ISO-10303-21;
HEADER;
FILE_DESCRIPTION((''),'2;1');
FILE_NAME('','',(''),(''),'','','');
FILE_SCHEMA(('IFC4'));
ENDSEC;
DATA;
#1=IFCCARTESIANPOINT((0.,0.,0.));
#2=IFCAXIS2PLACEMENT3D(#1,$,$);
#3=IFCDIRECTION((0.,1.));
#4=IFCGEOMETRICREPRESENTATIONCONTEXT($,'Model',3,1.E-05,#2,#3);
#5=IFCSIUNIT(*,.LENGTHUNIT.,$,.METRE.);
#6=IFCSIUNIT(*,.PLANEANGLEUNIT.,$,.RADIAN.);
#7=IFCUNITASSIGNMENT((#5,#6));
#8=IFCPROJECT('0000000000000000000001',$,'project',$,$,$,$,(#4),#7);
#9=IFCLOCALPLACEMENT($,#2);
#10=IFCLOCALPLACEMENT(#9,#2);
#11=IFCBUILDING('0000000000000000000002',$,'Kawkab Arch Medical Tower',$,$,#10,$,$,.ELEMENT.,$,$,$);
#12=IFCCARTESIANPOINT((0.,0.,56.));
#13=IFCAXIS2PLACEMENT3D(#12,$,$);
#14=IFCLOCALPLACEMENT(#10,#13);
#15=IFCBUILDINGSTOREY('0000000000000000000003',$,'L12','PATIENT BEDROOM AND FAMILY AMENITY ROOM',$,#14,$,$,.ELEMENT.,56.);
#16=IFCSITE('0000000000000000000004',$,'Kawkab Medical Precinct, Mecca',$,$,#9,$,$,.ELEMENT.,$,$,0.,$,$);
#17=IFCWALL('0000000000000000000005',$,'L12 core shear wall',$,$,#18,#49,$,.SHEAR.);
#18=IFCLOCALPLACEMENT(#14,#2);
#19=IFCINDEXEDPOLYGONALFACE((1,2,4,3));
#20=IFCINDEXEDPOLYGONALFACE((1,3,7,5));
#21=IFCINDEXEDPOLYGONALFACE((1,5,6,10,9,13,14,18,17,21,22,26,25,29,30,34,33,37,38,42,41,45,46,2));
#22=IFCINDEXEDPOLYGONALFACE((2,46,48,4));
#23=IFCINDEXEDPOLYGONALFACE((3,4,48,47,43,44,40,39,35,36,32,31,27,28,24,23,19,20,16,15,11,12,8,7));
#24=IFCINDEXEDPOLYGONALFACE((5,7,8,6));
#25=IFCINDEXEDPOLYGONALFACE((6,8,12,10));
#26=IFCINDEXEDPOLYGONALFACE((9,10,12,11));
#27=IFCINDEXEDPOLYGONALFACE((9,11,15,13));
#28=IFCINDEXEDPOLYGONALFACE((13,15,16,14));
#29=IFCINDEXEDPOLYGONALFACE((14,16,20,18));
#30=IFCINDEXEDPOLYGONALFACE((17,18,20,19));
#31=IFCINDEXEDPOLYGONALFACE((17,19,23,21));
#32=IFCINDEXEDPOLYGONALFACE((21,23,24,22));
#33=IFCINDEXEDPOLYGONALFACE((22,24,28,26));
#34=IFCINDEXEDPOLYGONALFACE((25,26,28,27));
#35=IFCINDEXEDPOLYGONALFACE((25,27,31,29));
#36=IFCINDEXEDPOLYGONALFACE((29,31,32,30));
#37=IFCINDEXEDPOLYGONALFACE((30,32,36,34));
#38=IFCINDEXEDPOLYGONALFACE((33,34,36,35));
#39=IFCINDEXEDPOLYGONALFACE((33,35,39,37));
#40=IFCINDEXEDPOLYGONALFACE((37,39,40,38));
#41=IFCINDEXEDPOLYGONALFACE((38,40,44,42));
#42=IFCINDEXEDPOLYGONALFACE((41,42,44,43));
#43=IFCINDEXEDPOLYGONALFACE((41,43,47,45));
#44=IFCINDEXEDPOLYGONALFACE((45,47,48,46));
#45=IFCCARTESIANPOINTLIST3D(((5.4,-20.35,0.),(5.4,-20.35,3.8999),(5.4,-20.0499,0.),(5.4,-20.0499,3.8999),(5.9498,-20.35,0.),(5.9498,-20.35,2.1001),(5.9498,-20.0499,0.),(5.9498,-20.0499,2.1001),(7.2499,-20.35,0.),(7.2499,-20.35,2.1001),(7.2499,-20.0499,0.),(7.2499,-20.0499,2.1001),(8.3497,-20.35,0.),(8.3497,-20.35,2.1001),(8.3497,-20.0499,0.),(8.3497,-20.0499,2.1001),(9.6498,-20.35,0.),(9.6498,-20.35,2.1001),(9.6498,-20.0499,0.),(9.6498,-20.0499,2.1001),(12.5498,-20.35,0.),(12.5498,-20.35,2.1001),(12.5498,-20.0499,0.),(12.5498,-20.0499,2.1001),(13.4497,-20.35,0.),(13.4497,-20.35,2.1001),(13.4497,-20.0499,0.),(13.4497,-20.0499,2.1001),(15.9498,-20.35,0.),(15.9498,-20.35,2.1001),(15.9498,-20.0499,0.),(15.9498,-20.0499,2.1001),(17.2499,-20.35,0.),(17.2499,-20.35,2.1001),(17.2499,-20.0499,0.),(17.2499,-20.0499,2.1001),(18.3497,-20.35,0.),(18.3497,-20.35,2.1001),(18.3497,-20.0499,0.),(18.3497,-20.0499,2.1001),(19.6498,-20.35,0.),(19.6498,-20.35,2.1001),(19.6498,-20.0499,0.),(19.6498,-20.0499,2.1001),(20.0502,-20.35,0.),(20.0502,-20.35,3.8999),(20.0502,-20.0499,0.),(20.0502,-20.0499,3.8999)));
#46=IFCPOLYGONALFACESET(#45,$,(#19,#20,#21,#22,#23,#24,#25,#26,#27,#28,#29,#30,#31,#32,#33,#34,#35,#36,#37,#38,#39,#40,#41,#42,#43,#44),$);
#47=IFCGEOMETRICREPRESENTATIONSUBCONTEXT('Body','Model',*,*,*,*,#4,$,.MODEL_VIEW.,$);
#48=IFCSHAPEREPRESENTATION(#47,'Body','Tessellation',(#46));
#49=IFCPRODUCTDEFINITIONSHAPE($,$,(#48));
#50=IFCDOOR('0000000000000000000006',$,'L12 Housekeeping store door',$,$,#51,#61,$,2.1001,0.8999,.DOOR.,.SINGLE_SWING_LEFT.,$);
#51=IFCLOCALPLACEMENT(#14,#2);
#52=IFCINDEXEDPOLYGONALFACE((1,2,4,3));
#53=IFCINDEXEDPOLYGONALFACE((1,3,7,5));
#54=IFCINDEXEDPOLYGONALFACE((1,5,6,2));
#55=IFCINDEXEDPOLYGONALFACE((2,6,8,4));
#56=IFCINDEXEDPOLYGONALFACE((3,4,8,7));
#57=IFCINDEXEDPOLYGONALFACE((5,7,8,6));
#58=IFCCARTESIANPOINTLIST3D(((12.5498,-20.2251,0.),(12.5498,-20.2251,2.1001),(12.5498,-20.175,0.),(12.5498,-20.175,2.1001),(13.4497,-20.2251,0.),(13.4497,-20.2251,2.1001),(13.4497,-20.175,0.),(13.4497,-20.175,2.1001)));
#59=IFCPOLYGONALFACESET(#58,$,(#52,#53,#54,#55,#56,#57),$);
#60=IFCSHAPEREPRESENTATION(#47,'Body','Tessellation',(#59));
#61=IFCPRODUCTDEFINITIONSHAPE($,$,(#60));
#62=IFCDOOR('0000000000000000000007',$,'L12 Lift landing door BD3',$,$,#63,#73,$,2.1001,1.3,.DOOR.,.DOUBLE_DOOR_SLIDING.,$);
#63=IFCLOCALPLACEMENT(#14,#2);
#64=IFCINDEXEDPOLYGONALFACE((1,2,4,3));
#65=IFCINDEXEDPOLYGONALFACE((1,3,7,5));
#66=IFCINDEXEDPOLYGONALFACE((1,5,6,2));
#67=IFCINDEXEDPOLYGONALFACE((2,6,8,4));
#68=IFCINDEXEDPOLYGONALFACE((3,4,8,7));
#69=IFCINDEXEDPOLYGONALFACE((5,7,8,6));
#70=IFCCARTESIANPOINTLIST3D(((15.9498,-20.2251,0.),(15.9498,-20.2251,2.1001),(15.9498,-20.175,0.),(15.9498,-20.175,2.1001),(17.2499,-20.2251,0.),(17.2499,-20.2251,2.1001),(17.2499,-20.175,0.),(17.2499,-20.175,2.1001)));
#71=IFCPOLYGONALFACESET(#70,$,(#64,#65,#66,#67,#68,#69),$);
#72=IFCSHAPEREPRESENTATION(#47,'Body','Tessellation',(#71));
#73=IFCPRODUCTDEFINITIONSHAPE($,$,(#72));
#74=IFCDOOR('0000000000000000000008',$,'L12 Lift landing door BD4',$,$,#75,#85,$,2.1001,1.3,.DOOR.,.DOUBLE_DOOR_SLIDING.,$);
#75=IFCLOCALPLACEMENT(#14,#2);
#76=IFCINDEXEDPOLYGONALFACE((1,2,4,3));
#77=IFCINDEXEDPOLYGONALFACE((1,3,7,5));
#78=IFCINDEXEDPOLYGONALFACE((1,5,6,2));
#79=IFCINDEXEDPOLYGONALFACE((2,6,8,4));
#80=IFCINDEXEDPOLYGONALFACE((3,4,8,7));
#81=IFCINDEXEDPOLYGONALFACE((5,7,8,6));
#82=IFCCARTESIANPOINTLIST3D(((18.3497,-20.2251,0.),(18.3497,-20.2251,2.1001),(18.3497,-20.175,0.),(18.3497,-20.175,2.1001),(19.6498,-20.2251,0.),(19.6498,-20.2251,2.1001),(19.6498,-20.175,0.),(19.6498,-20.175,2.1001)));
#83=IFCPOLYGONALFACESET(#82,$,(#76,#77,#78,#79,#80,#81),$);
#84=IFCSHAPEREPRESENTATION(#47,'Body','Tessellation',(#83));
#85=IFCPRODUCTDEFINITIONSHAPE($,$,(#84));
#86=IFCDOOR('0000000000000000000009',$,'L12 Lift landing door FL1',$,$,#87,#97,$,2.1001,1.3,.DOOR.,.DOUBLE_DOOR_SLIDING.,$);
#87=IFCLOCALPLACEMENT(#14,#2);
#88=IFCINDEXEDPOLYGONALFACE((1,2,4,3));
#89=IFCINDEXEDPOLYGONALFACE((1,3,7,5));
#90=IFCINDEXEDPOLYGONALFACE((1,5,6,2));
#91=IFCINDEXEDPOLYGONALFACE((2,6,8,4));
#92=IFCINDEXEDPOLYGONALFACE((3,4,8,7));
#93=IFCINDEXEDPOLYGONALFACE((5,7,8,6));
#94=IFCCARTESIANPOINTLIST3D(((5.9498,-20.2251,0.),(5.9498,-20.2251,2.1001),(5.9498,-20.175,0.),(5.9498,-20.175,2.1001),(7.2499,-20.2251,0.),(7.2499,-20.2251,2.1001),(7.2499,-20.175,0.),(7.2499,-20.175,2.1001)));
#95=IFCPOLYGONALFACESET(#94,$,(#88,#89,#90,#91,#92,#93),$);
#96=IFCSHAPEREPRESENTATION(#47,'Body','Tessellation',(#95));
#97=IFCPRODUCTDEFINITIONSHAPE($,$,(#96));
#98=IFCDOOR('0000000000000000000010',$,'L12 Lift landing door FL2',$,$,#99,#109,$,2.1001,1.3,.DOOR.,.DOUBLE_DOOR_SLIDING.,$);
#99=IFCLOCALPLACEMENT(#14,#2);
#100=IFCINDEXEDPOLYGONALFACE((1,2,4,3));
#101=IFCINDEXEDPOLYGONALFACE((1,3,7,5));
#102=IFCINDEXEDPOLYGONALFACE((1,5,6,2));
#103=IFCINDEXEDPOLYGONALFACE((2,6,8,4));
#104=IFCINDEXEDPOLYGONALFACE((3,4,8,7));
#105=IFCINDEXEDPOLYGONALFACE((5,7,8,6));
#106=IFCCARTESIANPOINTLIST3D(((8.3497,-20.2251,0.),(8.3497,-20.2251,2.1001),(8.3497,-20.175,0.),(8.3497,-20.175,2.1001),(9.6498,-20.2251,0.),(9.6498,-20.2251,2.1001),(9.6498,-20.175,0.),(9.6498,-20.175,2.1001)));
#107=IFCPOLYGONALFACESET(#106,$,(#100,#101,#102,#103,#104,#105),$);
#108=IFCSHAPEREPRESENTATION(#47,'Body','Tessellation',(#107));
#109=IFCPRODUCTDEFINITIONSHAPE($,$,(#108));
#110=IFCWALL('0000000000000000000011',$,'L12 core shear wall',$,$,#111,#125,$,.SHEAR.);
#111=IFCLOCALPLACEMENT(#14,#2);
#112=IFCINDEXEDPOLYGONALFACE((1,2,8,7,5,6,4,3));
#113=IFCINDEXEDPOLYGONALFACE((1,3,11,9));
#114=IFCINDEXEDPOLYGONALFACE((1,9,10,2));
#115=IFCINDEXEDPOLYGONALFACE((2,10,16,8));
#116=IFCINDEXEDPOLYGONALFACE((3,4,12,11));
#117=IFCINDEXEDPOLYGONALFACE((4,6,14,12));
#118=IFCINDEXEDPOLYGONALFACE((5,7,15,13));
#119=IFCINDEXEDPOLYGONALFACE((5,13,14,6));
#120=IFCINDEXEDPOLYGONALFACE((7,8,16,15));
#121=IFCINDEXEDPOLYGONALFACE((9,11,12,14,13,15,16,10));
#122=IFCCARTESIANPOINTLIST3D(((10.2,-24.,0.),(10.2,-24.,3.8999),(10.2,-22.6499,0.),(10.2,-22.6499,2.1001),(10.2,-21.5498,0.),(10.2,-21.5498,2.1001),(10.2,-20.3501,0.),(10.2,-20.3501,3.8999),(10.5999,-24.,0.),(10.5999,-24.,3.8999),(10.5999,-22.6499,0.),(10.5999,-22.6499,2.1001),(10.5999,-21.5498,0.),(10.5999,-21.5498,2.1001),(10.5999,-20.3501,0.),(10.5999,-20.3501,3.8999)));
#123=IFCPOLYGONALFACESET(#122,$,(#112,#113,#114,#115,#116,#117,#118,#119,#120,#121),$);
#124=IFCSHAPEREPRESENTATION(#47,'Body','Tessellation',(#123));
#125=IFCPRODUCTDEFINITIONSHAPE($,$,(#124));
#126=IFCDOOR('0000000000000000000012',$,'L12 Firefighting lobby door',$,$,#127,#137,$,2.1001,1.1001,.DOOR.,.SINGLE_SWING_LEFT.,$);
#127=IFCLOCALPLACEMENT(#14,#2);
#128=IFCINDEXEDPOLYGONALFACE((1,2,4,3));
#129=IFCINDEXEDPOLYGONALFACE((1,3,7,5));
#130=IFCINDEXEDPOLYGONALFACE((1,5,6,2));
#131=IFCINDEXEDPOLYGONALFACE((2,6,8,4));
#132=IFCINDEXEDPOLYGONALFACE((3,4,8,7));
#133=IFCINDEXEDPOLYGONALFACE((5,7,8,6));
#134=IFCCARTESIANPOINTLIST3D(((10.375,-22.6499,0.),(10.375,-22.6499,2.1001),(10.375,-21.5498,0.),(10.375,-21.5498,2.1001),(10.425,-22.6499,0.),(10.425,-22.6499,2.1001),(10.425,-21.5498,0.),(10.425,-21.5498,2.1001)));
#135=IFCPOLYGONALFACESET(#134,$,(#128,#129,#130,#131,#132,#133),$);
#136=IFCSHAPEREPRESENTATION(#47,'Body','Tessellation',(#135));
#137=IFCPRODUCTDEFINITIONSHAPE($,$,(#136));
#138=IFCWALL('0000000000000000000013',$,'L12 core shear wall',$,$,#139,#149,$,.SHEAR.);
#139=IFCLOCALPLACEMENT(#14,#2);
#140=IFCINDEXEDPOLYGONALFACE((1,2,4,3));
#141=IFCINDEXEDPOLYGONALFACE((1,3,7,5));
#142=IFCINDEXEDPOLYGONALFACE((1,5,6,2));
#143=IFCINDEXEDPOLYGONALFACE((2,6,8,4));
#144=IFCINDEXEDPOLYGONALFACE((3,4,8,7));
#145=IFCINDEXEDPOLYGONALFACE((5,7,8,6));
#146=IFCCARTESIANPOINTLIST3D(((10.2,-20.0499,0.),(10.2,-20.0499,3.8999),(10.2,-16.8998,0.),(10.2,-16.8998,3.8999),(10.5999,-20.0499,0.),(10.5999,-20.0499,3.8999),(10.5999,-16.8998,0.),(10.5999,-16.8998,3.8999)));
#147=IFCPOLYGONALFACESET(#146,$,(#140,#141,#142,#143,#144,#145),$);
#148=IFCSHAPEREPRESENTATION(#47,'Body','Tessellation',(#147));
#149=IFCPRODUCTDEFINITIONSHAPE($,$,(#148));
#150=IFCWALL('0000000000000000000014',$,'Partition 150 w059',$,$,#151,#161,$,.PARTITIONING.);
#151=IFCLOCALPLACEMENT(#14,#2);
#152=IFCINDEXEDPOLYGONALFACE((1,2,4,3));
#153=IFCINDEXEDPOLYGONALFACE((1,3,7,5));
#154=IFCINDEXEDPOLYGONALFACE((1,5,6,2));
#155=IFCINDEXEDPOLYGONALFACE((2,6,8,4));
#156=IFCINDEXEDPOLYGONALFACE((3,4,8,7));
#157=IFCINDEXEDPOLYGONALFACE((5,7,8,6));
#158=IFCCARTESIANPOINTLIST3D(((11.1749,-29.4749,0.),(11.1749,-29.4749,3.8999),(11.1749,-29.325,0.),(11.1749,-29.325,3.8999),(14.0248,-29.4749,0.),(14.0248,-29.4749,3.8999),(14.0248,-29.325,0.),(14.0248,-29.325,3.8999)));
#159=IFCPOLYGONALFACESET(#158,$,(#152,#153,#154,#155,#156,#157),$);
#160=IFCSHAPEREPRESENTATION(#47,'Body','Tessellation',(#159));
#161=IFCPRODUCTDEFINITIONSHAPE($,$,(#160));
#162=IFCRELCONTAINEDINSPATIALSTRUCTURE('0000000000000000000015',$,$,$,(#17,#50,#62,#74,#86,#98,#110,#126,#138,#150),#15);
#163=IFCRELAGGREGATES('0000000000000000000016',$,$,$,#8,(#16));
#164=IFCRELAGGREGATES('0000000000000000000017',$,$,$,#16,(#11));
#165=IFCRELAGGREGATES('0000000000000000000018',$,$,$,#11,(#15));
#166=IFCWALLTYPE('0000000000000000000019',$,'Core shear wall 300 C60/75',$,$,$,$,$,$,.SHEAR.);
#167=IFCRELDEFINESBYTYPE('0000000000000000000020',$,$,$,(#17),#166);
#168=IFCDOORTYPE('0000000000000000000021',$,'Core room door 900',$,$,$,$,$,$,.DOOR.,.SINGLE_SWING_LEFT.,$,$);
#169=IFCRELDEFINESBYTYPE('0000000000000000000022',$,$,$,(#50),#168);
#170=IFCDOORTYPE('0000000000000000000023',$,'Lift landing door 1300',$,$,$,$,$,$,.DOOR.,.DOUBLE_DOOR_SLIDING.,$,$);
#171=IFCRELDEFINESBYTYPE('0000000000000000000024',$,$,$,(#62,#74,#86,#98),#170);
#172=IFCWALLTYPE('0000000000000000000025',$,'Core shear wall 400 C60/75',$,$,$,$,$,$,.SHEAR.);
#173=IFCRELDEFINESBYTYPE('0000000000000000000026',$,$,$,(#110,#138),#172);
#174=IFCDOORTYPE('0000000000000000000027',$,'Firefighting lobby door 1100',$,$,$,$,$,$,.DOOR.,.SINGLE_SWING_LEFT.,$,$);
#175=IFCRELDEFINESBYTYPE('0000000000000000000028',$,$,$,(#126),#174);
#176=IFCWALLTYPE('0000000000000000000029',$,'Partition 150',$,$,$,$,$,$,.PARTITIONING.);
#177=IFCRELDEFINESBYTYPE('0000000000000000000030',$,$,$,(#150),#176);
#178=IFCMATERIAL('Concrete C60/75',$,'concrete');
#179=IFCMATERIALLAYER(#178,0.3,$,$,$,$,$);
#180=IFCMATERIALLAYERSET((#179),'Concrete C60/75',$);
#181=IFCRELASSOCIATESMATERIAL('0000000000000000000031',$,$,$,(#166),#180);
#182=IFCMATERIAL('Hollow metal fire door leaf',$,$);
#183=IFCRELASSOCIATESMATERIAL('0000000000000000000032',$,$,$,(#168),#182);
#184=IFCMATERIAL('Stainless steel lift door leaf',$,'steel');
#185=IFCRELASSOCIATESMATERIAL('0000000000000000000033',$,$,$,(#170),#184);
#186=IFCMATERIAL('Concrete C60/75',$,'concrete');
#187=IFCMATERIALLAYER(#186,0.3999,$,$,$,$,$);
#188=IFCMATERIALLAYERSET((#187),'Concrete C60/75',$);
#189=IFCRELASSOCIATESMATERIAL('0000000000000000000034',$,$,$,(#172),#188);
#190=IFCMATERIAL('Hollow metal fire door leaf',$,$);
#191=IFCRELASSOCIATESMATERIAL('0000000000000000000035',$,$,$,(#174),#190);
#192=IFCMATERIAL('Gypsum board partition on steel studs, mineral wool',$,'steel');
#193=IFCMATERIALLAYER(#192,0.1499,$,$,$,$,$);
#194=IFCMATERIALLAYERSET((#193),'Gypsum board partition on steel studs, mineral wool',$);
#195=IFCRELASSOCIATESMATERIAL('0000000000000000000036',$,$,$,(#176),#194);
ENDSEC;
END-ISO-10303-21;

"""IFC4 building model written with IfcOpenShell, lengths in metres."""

from ifc_helpers import new_model, si_unit, direction, frame, frame_2d, origin, place, context, subcontext, project, spatial, rectangle, extrude, material, layer, layer_set, type_object, element, fill, save


model = new_model("IFC4")

# Units and contexts
model_context = context("Model", 3, precision=1e-05, world=origin(), true_north=direction((0.0, 1.0)))
body_context = subcontext(model_context, "Body", "Model", "MODEL_VIEW")
ifc_project = project(units=[si_unit("LENGTHUNIT", "METRE"), si_unit("PLANEANGLEUNIT", "RADIAN")], contexts=[model_context])

# Site, building, storey
site_placement = place(None, origin())
site = spatial("IfcSite", under=ifc_project, at=site_placement, Name="Kawkab Medical Precinct, Mecca", CompositionType="ELEMENT", RefElevation=0.0)
building_placement = place(site_placement, origin())
building = spatial("IfcBuilding", under=site, at=building_placement, Name="Kawkab Arch Medical Tower", CompositionType="ELEMENT")
storey_placement = place(building_placement, frame((0.0, 0.0, 56.0)))
storey = spatial("IfcBuildingStorey", under=building, at=storey_placement, Name="L12", Description="PATIENT BEDROOM AND FAMILY AMENITY ROOM", CompositionType="ELEMENT", Elevation=56.0)

# Wall, openings, doors
ifc_material_1 = material(Name="Concrete C60/75", Category="concrete")
ifc_layer_1 = layer(ifc_material_1, 0.3)
ifc_layer_set_1 = layer_set([ifc_layer_1], Name="Concrete C60/75")
wall_type_1 = type_object("IfcWallType", Name="Core shear wall 300 C60/75", PredefinedType="SHEAR", material=ifc_layer_set_1)
wall_1_placement = place(storey_placement, frame((5.3999, -20.2, 0.0), z_axis=(0.0, 0.0, 1.0), x_axis=(1.0, 0.0, 0.0)))
wall_1 = element("IfcWall", 1, at=wall_1_placement, inside=storey, type_object=wall_type_1, Name="L12 core shear wall", PredefinedType="SHEAR", context=body_context, shape_type="SweptSolid", body=[
    extrude(rectangle(XDim=14.6501, YDim=0.3, at=frame_2d((7.3252, 0.0))), origin(), (0.0, 0.0, 1.0), 3.8999),
])
opening_1_placement = place(wall_1_placement, frame((10.55, 0.0, 0.0)))
opening_1 = element("IfcOpeningElement", 2, at=opening_1_placement, cuts=wall_1, PredefinedType="OPENING", context=body_context, shape_type="SweptSolid", body=[
    extrude(rectangle(XDim=1.3, YDim=2.1001, at=frame_2d((0.6499, 1.05))), frame((0.0, 0.1599, 0.0), z_axis=(0.0, -1.0, 0.0), x_axis=(1.0, 0.0, 0.0)), (0.0, 0.0, 1.0), 0.3201),
])
opening_2_placement = place(wall_1_placement, frame((12.95, 0.0, 0.0)))
opening_2 = element("IfcOpeningElement", 3, at=opening_2_placement, cuts=wall_1, PredefinedType="OPENING", context=body_context, shape_type="SweptSolid", body=[
    extrude(rectangle(XDim=1.3, YDim=2.1001, at=frame_2d((0.6499, 1.05))), frame((0.0, 0.1599, 0.0), z_axis=(0.0, -1.0, 0.0), x_axis=(1.0, 0.0, 0.0)), (0.0, 0.0, 1.0), 0.3201),
])
opening_3_placement = place(wall_1_placement, frame((0.55, 0.0, 0.0)))
opening_3 = element("IfcOpeningElement", 4, at=opening_3_placement, cuts=wall_1, PredefinedType="OPENING", context=body_context, shape_type="SweptSolid", body=[
    extrude(rectangle(XDim=1.3, YDim=2.1001, at=frame_2d((0.6499, 1.05))), frame((0.0, 0.1599, 0.0), z_axis=(0.0, -1.0, 0.0), x_axis=(1.0, 0.0, 0.0)), (0.0, 0.0, 1.0), 0.3201),
])
opening_4_placement = place(wall_1_placement, frame((2.95, 0.0, 0.0)))
opening_4 = element("IfcOpeningElement", 5, at=opening_4_placement, cuts=wall_1, PredefinedType="OPENING", context=body_context, shape_type="SweptSolid", body=[
    extrude(rectangle(XDim=1.3, YDim=2.1001, at=frame_2d((0.6499, 1.05))), frame((0.0, 0.1599, 0.0), z_axis=(0.0, -1.0, 0.0), x_axis=(1.0, 0.0, 0.0)), (0.0, 0.0, 1.0), 0.3201),
])
opening_5_placement = place(wall_1_placement, frame((7.1499, 0.0, 0.0)))
opening_5 = element("IfcOpeningElement", 6, at=opening_5_placement, cuts=wall_1, PredefinedType="OPENING", context=body_context, shape_type="SweptSolid", body=[
    extrude(rectangle(XDim=0.8999, YDim=2.1001, at=frame_2d((0.45, 1.05))), frame((0.0, 0.1599, 0.0), z_axis=(0.0, -1.0, 0.0), x_axis=(1.0, 0.0, 0.0)), (0.0, 0.0, 1.0), 0.3201),
])
ifc_material_2 = material(Name="Hollow metal fire door leaf")
door_type_1 = type_object("IfcDoorType", Name="Core room door 900", OperationType="SINGLE_SWING_LEFT", PredefinedType="DOOR", material=ifc_material_2)
door_1_placement = place(opening_5_placement, origin())
door_1 = element("IfcDoor", 7, at=door_1_placement, inside=storey, type_object=door_type_1, Name="L12 Housekeeping store door", OperationType="SINGLE_SWING_LEFT", OverallHeight=2.1001, OverallWidth=0.8999, PredefinedType="DOOR", context=body_context, shape_type="SweptSolid", body=[
    extrude(rectangle(XDim=0.8999, YDim=2.1001, at=frame_2d((0.45, 1.05))), frame((0.0, 0.0249, 0.0), z_axis=(0.0, -1.0, 0.0), x_axis=(1.0, 0.0, 0.0)), (0.0, 0.0, 1.0), 0.05),
])
fill(opening_5, door_1)
ifc_material_3 = material(Name="Stainless steel lift door leaf", Category="steel")
door_type_2 = type_object("IfcDoorType", Name="Lift landing door 1300", OperationType="DOUBLE_DOOR_SLIDING", PredefinedType="DOOR", material=ifc_material_3)
door_2_placement = place(opening_1_placement, origin())
door_2 = element("IfcDoor", 8, at=door_2_placement, inside=storey, type_object=door_type_2, Name="L12 Lift landing door BD3", OperationType="DOUBLE_DOOR_SLIDING", OverallHeight=2.1001, OverallWidth=1.3, PredefinedType="DOOR", context=body_context, shape_type="SweptSolid", body=[
    extrude(rectangle(XDim=1.3, YDim=2.1001, at=frame_2d((0.6499, 1.05))), frame((0.0, 0.0249, 0.0), z_axis=(0.0, -1.0, 0.0), x_axis=(1.0, 0.0, 0.0)), (0.0, 0.0, 1.0), 0.05),
])
fill(opening_1, door_2)
door_3_placement = place(opening_2_placement, origin())
door_3 = element("IfcDoor", 9, at=door_3_placement, inside=storey, type_object=door_type_2, Name="L12 Lift landing door BD4", OperationType="DOUBLE_DOOR_SLIDING", OverallHeight=2.1001, OverallWidth=1.3, PredefinedType="DOOR", context=body_context, shape_type="SweptSolid", body=[
    extrude(rectangle(XDim=1.3, YDim=2.1001, at=frame_2d((0.6499, 1.05))), frame((0.0, 0.0249, 0.0), z_axis=(0.0, -1.0, 0.0), x_axis=(1.0, 0.0, 0.0)), (0.0, 0.0, 1.0), 0.05),
])
fill(opening_2, door_3)
door_4_placement = place(opening_3_placement, origin())
door_4 = element("IfcDoor", 10, at=door_4_placement, inside=storey, type_object=door_type_2, Name="L12 Lift landing door FL1", OperationType="DOUBLE_DOOR_SLIDING", OverallHeight=2.1001, OverallWidth=1.3, PredefinedType="DOOR", context=body_context, shape_type="SweptSolid", body=[
    extrude(rectangle(XDim=1.3, YDim=2.1001, at=frame_2d((0.6499, 1.05))), frame((0.0, 0.0249, 0.0), z_axis=(0.0, -1.0, 0.0), x_axis=(1.0, 0.0, 0.0)), (0.0, 0.0, 1.0), 0.05),
])
fill(opening_3, door_4)
door_5_placement = place(opening_4_placement, origin())
door_5 = element("IfcDoor", 11, at=door_5_placement, inside=storey, type_object=door_type_2, Name="L12 Lift landing door FL2", OperationType="DOUBLE_DOOR_SLIDING", OverallHeight=2.1001, OverallWidth=1.3, PredefinedType="DOOR", context=body_context, shape_type="SweptSolid", body=[
    extrude(rectangle(XDim=1.3, YDim=2.1001, at=frame_2d((0.6499, 1.05))), frame((0.0, 0.0249, 0.0), z_axis=(0.0, -1.0, 0.0), x_axis=(1.0, 0.0, 0.0)), (0.0, 0.0, 1.0), 0.05),
])
fill(opening_4, door_5)

# Wall, opening, door
ifc_material_4 = material(Name="Concrete C60/75", Category="concrete")
ifc_layer_2 = layer(ifc_material_4, 0.3999)
ifc_layer_set_2 = layer_set([ifc_layer_2], Name="Concrete C60/75")
wall_type_2 = type_object("IfcWallType", Name="Core shear wall 400 C60/75", PredefinedType="SHEAR", material=ifc_layer_set_2)
wall_2_placement = place(storey_placement, frame((10.3999, -24.0, 0.0), z_axis=(0.0, 0.0, 1.0), x_axis=(0.0, 1.0, 0.0)))
wall_2 = element("IfcWall", 12, at=wall_2_placement, inside=storey, type_object=wall_type_2, Name="L12 core shear wall", PredefinedType="SHEAR", context=body_context, shape_type="SweptSolid", body=[
    extrude(rectangle(XDim=3.6499, YDim=0.3999, at=frame_2d((1.825, 0.0))), origin(), (0.0, 0.0, 1.0), 3.8999),
])
opening_6_placement = place(wall_2_placement, frame((1.3501, 0.0, 0.0)))
opening_6 = element("IfcOpeningElement", 13, at=opening_6_placement, cuts=wall_2, PredefinedType="OPENING", context=body_context, shape_type="SweptSolid", body=[
    extrude(rectangle(XDim=1.1001, YDim=2.1001, at=frame_2d((0.55, 1.05))), frame((0.0, 0.21, 0.0), z_axis=(0.0, -1.0, 0.0), x_axis=(1.0, 0.0, 0.0)), (0.0, 0.0, 1.0), 0.4199),
])
ifc_material_5 = material(Name="Hollow metal fire door leaf")
door_type_3 = type_object("IfcDoorType", Name="Firefighting lobby door 1100", OperationType="SINGLE_SWING_LEFT", PredefinedType="DOOR", material=ifc_material_5)
door_6_placement = place(opening_6_placement, origin())
door_6 = element("IfcDoor", 14, at=door_6_placement, inside=storey, type_object=door_type_3, Name="L12 Firefighting lobby door", OperationType="SINGLE_SWING_LEFT", OverallHeight=2.1001, OverallWidth=1.1001, PredefinedType="DOOR", context=body_context, shape_type="SweptSolid", body=[
    extrude(rectangle(XDim=1.1001, YDim=2.1001, at=frame_2d((0.55, 1.05))), frame((0.0, 0.0249, 0.0), z_axis=(0.0, -1.0, 0.0), x_axis=(1.0, 0.0, 0.0)), (0.0, 0.0, 1.0), 0.05),
])
fill(opening_6, door_6)

# Walls
wall_3_placement = place(storey_placement, frame((10.3999, -20.05, 0.0), z_axis=(0.0, 0.0, 1.0), x_axis=(0.0, 1.0, 0.0)))
element("IfcWall", 15, at=wall_3_placement, inside=storey, type_object=wall_type_2, Name="L12 core shear wall", PredefinedType="SHEAR", context=body_context, shape_type="SweptSolid", body=[
    extrude(rectangle(XDim=3.1501, YDim=0.3999, at=frame_2d((1.5752, 0.0))), origin(), (0.0, 0.0, 1.0), 3.8999),
])
ifc_material_6 = material(Name="Gypsum board partition on steel studs, mineral wool", Category="steel")
ifc_layer_3 = layer(ifc_material_6, 0.1499)
ifc_layer_set_3 = layer_set([ifc_layer_3], Name="Gypsum board partition on steel studs, mineral wool")
wall_type_3 = type_object("IfcWallType", Name="Partition 150", PredefinedType="PARTITIONING", material=ifc_layer_set_3)
wall_4_placement = place(storey_placement, frame((11.175, -29.3999, 0.0), z_axis=(0.0, 0.0, 1.0), x_axis=(1.0, 0.0, 0.0)))
element("IfcWall", 16, at=wall_4_placement, inside=storey, type_object=wall_type_3, Name="Partition 150 w059", PredefinedType="PARTITIONING", context=body_context, shape_type="SweptSolid", body=[
    extrude(rectangle(XDim=2.8499, YDim=0.1499, at=frame_2d((1.4248, 0.0))), origin(), (0.0, 0.0, 1.0), 3.8999),
])

save(model, "model.ifc")
